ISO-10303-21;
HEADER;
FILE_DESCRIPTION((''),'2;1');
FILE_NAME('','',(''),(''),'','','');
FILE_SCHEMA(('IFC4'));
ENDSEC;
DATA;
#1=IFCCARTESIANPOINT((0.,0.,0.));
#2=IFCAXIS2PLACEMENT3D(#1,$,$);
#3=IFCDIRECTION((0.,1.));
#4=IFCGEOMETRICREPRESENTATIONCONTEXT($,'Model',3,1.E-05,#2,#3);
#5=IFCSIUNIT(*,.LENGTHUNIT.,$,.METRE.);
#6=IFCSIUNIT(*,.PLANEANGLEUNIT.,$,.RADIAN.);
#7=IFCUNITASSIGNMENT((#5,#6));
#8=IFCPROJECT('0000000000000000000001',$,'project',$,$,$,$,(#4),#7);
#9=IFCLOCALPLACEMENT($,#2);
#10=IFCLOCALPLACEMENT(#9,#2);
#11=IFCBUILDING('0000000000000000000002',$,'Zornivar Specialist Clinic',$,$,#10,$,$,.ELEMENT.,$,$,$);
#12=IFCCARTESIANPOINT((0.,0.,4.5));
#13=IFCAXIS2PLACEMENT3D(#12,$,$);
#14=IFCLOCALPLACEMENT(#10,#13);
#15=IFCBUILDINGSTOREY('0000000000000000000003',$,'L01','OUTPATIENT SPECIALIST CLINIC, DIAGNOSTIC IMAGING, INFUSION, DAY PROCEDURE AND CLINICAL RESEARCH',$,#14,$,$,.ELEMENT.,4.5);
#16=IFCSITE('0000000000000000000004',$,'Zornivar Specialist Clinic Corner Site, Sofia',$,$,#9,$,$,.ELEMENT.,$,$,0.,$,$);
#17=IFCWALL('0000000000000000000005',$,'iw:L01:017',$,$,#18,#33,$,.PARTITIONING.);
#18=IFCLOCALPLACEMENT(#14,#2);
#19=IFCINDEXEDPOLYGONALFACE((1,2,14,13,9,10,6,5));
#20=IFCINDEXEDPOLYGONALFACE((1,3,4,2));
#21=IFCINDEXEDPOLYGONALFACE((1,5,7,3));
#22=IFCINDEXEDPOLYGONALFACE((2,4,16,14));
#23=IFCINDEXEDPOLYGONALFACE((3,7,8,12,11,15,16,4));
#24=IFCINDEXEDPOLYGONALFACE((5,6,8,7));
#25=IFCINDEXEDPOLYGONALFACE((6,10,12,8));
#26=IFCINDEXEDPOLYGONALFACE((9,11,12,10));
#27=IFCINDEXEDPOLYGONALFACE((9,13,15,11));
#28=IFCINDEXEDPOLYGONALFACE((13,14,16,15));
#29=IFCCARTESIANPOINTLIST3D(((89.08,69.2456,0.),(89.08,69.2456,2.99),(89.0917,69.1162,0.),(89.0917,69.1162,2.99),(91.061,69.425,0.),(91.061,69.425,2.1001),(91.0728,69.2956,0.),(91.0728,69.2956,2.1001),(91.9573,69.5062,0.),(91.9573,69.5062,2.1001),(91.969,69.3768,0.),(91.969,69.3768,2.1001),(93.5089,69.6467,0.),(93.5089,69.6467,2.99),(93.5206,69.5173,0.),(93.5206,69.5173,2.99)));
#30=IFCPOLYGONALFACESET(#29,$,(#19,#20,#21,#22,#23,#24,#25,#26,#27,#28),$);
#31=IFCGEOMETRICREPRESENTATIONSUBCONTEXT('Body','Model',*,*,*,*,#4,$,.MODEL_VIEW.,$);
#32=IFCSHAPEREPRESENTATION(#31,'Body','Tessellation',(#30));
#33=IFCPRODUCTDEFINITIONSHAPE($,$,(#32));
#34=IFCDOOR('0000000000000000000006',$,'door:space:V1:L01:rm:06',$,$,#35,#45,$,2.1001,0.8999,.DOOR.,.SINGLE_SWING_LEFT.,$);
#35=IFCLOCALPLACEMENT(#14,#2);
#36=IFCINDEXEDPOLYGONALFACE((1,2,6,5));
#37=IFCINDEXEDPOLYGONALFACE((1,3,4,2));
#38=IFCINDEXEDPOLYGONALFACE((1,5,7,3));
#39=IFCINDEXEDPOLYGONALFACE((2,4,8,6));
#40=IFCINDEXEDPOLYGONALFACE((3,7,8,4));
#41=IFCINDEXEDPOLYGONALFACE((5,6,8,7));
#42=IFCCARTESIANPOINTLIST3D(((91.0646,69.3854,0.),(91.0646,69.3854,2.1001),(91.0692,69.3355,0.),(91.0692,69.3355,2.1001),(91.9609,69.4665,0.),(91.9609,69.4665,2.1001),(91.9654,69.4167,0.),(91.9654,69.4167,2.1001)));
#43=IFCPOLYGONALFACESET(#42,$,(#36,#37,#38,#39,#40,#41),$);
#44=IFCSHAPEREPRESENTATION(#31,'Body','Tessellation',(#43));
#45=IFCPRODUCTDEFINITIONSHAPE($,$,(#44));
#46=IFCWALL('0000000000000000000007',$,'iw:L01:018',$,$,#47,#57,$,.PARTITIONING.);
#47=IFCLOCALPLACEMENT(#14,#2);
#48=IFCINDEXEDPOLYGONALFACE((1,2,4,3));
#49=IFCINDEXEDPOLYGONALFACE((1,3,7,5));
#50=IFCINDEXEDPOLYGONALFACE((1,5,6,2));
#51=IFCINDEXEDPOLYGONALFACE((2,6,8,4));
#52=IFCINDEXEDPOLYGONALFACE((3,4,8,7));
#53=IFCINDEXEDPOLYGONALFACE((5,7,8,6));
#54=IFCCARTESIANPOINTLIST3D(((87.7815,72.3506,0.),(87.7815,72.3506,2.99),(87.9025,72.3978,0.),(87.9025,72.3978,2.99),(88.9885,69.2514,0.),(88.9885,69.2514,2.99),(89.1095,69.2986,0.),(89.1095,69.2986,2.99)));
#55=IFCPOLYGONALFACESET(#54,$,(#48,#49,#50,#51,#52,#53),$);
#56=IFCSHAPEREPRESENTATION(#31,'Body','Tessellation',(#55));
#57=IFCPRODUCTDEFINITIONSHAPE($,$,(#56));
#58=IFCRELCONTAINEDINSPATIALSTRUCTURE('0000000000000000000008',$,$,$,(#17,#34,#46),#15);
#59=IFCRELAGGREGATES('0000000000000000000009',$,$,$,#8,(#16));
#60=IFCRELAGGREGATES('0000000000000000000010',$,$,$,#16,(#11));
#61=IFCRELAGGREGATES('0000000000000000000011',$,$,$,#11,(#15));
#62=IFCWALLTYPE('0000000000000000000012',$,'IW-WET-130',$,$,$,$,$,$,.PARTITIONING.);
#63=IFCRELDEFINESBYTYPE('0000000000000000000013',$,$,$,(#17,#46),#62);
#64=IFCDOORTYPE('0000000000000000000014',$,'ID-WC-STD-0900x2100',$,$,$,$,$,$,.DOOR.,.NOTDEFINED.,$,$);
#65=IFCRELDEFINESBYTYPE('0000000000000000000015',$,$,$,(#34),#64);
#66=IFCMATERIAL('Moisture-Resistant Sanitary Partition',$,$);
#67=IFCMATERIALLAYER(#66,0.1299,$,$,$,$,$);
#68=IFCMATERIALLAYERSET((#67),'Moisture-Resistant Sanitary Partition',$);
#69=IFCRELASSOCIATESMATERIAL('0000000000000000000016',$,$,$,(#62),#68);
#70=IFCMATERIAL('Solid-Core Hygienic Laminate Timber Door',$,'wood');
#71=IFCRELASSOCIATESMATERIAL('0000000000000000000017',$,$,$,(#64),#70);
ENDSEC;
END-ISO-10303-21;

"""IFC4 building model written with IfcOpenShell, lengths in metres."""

from ifc_helpers import new_model, si_unit, direction, frame, frame_2d, origin, place, context, subcontext, project, spatial, rectangle, extrude, material, layer, layer_set, type_object, element, fill, save


model = new_model("IFC4")

# Units and contexts
model_context = context("Model", 3, precision=1e-05, world=origin(), true_north=direction((0.0, 1.0)))
body_context = subcontext(model_context, "Body", "Model", "MODEL_VIEW")
ifc_project = project(units=[si_unit("LENGTHUNIT", "METRE"), si_unit("PLANEANGLEUNIT", "RADIAN")], contexts=[model_context])

# Site, building, storey
site_placement = place(None, origin())
site = spatial("IfcSite", under=ifc_project, at=site_placement, Name="Zornivar Specialist Clinic Corner Site, Sofia", CompositionType="ELEMENT", RefElevation=0.0)
building_placement = place(site_placement, origin())
building = spatial("IfcBuilding", under=site, at=building_placement, Name="Zornivar Specialist Clinic", CompositionType="ELEMENT")
storey_placement = place(building_placement, frame((0.0, 0.0, 4.5)))
storey = spatial("IfcBuildingStorey", under=building, at=storey_placement, Name="L01", Description="OUTPATIENT SPECIALIST CLINIC, DIAGNOSTIC IMAGING, INFUSION, DAY PROCEDURE AND CLINICAL RESEARCH", CompositionType="ELEMENT", Elevation=4.5)

# Shared definitions
ifc_material_1 = material(Name="Moisture-Resistant Sanitary Partition")
ifc_layer_1 = layer(ifc_material_1, 0.1299)
ifc_layer_set_1 = layer_set([ifc_layer_1], Name="Moisture-Resistant Sanitary Partition")
wall_type_1 = type_object("IfcWallType", Name="IW-WET-130", PredefinedType="PARTITIONING", material=ifc_layer_set_1)

# Wall, opening, door
wall_1_placement = place(storey_placement, frame((93.5149, 69.582, 0.0), z_axis=(0.0, 0.0, 1.0), x_axis=(-0.995924, -0.090199, 0.0)))
wall_1 = element("IfcWall", 1, at=wall_1_placement, inside=storey, type_object=wall_type_1, Name="iw:L01:017", PredefinedType="PARTITIONING", context=body_context, shape_type="SweptSolid", body=[
    extrude(rectangle(XDim=4.447, YDim=0.1299, at=frame_2d((2.2236, 0.0))), origin(), (0.0, 0.0, 1.0), 2.99),
])
opening_1_placement = place(wall_1_placement, frame((1.5581, 0.0, 0.0)))
opening_1 = element("IfcOpeningElement", 2, at=opening_1_placement, cuts=wall_1, PredefinedType="OPENING", context=body_context, shape_type="SweptSolid", body=[
    extrude(rectangle(XDim=0.8999, YDim=2.1001, at=frame_2d((0.45, 1.05))), frame((0.0, 0.075, 0.0), z_axis=(0.0, -1.0, 0.0), x_axis=(1.0, 0.0, 0.0)), (0.0, 0.0, 1.0), 0.1499),
])
ifc_material_2 = material(Name="Solid-Core Hygienic Laminate Timber Door", Category="wood")
door_type_1 = type_object("IfcDoorType", Name="ID-WC-STD-0900x2100", OperationType="NOTDEFINED", PredefinedType="DOOR", material=ifc_material_2)
door_1_placement = place(opening_1_placement, origin())
door_1 = element("IfcDoor", 3, at=door_1_placement, inside=storey, type_object=door_type_1, Name="door:space:V1:L01:rm:06", OperationType="SINGLE_SWING_LEFT", OverallHeight=2.1001, OverallWidth=0.8999, PredefinedType="DOOR", context=body_context, shape_type="SweptSolid", body=[
    extrude(rectangle(XDim=0.8999, YDim=2.1001, at=frame_2d((0.45, 1.05))), frame((0.0, 0.0249, 0.0), z_axis=(0.0, -1.0, 0.0), x_axis=(1.0, 0.0, 0.0)), (0.0, 0.0, 1.0), 0.05),
])
fill(opening_1, door_1)

# Wall
wall_2_placement = place(storey_placement, frame((89.0491, 69.2749, 0.0), z_axis=(0.0, 0.0, 1.0), x_axis=(-0.362921, 0.93182, 0.0)))
element("IfcWall", 4, at=wall_2_placement, inside=storey, type_object=wall_type_1, Name="iw:L01:018", PredefinedType="PARTITIONING", context=body_context, shape_type="SweptSolid", body=[
    extrude(rectangle(XDim=3.3259, YDim=0.1299, at=frame_2d((1.6631, 0.0))), origin(), (0.0, 0.0, 1.0), 2.99),
])

save(model, "model.ifc")
